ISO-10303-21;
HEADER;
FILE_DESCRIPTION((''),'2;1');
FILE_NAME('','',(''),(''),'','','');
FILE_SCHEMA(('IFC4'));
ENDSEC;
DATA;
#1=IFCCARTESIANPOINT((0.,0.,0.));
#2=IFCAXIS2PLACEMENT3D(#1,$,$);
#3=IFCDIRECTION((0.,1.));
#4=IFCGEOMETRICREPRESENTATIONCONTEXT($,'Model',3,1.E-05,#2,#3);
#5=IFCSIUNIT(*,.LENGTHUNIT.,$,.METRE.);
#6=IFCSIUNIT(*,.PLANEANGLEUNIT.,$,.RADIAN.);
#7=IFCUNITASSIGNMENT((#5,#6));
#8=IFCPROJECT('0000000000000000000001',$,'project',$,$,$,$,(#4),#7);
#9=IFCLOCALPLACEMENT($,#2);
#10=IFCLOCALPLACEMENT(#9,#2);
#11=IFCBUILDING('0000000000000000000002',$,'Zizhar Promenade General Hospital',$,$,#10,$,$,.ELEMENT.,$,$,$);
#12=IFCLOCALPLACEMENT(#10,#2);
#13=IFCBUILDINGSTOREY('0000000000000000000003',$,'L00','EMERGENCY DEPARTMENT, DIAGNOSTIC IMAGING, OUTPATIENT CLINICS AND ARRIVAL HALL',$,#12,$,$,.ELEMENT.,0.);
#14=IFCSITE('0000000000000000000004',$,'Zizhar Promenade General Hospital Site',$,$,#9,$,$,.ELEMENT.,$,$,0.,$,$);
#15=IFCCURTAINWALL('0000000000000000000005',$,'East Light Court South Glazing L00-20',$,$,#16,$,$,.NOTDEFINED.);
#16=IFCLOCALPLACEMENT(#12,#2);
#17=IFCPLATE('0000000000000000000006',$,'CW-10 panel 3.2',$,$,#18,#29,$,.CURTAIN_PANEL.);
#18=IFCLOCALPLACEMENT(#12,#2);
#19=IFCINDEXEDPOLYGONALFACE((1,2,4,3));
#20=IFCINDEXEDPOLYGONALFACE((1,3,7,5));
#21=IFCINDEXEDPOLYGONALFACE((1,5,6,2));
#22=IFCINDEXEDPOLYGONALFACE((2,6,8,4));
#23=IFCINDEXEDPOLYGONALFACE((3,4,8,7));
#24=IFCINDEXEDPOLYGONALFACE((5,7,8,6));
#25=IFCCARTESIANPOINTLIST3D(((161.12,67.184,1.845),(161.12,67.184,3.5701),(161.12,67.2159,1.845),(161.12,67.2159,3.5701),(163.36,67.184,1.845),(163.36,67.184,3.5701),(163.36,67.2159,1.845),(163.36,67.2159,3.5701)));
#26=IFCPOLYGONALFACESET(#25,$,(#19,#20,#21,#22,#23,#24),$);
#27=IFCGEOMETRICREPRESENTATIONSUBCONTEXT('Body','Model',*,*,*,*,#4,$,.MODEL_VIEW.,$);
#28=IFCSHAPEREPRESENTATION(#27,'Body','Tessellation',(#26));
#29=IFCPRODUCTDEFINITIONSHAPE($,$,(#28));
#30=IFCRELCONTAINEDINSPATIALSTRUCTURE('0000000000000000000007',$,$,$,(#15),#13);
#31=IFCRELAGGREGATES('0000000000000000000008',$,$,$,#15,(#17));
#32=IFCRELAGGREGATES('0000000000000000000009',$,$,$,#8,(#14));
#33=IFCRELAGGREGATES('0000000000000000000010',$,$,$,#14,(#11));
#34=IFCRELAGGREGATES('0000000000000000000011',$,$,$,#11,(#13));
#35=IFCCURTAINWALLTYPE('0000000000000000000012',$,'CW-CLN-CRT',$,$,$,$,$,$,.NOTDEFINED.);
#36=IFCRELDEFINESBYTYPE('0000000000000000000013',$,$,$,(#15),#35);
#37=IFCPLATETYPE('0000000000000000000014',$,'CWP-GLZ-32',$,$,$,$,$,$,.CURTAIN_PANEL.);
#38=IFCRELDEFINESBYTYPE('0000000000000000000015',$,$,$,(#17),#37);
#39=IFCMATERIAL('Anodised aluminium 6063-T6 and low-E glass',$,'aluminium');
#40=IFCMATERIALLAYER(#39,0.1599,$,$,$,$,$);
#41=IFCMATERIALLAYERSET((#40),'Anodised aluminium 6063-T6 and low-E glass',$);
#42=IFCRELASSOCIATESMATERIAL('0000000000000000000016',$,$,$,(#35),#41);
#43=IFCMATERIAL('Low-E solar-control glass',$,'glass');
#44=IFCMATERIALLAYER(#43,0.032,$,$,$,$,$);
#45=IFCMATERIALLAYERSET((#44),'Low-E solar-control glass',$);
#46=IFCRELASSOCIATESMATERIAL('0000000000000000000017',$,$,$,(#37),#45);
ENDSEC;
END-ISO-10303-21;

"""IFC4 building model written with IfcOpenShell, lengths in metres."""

from ifc_helpers import new_model, si_unit, direction, frame, origin, origin_2d, place, context, subcontext, project, spatial, rectangle, extrude, material, layer, layer_set, type_object, element, aggregate, save


model = new_model("IFC4")

# Units and contexts
model_context = context("Model", 3, precision=1e-05, world=origin(), true_north=direction((0.0, 1.0)))
body_context = subcontext(model_context, "Body", "Model", "MODEL_VIEW")
ifc_project = project(units=[si_unit("LENGTHUNIT", "METRE"), si_unit("PLANEANGLEUNIT", "RADIAN")], contexts=[model_context])

# Site, building, storey
site_placement = place(None, origin())
site = spatial("IfcSite", under=ifc_project, at=site_placement, Name="Zizhar Promenade General Hospital Site", CompositionType="ELEMENT", RefElevation=0.0)
building_placement = place(site_placement, origin())
building = spatial("IfcBuilding", under=site, at=building_placement, Name="Zizhar Promenade General Hospital", CompositionType="ELEMENT")
storey_placement = place(building_placement, origin())
storey = spatial("IfcBuildingStorey", under=building, at=storey_placement, Name="L00", Description="EMERGENCY DEPARTMENT, DIAGNOSTIC IMAGING, OUTPATIENT CLINICS AND ARRIVAL HALL", CompositionType="ELEMENT", Elevation=0.0)

# Shared definitions
ifc_material_1 = material(Name="Anodised aluminium 6063-T6 and low-E glass", Category="aluminium")
ifc_layer_1 = layer(ifc_material_1, 0.1599)
ifc_layer_set_1 = layer_set([ifc_layer_1], Name="Anodised aluminium 6063-T6 and low-E glass")
curtain_wall_type = type_object("IfcCurtainWallType", Name="CW-CLN-CRT", PredefinedType="NOTDEFINED", material=ifc_layer_set_1)

# Curtain wall
curtain_wall_1_placement = place(storey_placement, origin())
curtain_wall_1 = element("IfcCurtainWall", 1, at=curtain_wall_1_placement, inside=storey, type_object=curtain_wall_type, Name="East Light Court South Glazing L00-20", PredefinedType="NOTDEFINED")

# Plate
ifc_material_2 = material(Name="Low-E solar-control glass", Category="glass")
ifc_layer_2 = layer(ifc_material_2, 0.032)
ifc_layer_set_2 = layer_set([ifc_layer_2], Name="Low-E solar-control glass")
plate_type = type_object("IfcPlateType", Name="CWP-GLZ-32", PredefinedType="CURTAIN_PANEL", material=ifc_layer_set_2)
plate_1_placement = place(storey_placement, frame((162.24, 67.2, 1.845), z_axis=(0.0, 0.0, 1.0), x_axis=(1.0, 0.0, 0.0)))
plate_1 = element("IfcPlate", 2, at=plate_1_placement, type_object=plate_type, Name="CW-10 panel 3.2", PredefinedType="CURTAIN_PANEL", context=body_context, shape_type="SweptSolid", body=[
    extrude(rectangle(XDim=2.24, YDim=0.032, at=origin_2d()), origin(), (0.0, 0.0, 1.0), 1.7251),
])
aggregate(curtain_wall_1, [plate_1])

save(model, "model.ifc")
